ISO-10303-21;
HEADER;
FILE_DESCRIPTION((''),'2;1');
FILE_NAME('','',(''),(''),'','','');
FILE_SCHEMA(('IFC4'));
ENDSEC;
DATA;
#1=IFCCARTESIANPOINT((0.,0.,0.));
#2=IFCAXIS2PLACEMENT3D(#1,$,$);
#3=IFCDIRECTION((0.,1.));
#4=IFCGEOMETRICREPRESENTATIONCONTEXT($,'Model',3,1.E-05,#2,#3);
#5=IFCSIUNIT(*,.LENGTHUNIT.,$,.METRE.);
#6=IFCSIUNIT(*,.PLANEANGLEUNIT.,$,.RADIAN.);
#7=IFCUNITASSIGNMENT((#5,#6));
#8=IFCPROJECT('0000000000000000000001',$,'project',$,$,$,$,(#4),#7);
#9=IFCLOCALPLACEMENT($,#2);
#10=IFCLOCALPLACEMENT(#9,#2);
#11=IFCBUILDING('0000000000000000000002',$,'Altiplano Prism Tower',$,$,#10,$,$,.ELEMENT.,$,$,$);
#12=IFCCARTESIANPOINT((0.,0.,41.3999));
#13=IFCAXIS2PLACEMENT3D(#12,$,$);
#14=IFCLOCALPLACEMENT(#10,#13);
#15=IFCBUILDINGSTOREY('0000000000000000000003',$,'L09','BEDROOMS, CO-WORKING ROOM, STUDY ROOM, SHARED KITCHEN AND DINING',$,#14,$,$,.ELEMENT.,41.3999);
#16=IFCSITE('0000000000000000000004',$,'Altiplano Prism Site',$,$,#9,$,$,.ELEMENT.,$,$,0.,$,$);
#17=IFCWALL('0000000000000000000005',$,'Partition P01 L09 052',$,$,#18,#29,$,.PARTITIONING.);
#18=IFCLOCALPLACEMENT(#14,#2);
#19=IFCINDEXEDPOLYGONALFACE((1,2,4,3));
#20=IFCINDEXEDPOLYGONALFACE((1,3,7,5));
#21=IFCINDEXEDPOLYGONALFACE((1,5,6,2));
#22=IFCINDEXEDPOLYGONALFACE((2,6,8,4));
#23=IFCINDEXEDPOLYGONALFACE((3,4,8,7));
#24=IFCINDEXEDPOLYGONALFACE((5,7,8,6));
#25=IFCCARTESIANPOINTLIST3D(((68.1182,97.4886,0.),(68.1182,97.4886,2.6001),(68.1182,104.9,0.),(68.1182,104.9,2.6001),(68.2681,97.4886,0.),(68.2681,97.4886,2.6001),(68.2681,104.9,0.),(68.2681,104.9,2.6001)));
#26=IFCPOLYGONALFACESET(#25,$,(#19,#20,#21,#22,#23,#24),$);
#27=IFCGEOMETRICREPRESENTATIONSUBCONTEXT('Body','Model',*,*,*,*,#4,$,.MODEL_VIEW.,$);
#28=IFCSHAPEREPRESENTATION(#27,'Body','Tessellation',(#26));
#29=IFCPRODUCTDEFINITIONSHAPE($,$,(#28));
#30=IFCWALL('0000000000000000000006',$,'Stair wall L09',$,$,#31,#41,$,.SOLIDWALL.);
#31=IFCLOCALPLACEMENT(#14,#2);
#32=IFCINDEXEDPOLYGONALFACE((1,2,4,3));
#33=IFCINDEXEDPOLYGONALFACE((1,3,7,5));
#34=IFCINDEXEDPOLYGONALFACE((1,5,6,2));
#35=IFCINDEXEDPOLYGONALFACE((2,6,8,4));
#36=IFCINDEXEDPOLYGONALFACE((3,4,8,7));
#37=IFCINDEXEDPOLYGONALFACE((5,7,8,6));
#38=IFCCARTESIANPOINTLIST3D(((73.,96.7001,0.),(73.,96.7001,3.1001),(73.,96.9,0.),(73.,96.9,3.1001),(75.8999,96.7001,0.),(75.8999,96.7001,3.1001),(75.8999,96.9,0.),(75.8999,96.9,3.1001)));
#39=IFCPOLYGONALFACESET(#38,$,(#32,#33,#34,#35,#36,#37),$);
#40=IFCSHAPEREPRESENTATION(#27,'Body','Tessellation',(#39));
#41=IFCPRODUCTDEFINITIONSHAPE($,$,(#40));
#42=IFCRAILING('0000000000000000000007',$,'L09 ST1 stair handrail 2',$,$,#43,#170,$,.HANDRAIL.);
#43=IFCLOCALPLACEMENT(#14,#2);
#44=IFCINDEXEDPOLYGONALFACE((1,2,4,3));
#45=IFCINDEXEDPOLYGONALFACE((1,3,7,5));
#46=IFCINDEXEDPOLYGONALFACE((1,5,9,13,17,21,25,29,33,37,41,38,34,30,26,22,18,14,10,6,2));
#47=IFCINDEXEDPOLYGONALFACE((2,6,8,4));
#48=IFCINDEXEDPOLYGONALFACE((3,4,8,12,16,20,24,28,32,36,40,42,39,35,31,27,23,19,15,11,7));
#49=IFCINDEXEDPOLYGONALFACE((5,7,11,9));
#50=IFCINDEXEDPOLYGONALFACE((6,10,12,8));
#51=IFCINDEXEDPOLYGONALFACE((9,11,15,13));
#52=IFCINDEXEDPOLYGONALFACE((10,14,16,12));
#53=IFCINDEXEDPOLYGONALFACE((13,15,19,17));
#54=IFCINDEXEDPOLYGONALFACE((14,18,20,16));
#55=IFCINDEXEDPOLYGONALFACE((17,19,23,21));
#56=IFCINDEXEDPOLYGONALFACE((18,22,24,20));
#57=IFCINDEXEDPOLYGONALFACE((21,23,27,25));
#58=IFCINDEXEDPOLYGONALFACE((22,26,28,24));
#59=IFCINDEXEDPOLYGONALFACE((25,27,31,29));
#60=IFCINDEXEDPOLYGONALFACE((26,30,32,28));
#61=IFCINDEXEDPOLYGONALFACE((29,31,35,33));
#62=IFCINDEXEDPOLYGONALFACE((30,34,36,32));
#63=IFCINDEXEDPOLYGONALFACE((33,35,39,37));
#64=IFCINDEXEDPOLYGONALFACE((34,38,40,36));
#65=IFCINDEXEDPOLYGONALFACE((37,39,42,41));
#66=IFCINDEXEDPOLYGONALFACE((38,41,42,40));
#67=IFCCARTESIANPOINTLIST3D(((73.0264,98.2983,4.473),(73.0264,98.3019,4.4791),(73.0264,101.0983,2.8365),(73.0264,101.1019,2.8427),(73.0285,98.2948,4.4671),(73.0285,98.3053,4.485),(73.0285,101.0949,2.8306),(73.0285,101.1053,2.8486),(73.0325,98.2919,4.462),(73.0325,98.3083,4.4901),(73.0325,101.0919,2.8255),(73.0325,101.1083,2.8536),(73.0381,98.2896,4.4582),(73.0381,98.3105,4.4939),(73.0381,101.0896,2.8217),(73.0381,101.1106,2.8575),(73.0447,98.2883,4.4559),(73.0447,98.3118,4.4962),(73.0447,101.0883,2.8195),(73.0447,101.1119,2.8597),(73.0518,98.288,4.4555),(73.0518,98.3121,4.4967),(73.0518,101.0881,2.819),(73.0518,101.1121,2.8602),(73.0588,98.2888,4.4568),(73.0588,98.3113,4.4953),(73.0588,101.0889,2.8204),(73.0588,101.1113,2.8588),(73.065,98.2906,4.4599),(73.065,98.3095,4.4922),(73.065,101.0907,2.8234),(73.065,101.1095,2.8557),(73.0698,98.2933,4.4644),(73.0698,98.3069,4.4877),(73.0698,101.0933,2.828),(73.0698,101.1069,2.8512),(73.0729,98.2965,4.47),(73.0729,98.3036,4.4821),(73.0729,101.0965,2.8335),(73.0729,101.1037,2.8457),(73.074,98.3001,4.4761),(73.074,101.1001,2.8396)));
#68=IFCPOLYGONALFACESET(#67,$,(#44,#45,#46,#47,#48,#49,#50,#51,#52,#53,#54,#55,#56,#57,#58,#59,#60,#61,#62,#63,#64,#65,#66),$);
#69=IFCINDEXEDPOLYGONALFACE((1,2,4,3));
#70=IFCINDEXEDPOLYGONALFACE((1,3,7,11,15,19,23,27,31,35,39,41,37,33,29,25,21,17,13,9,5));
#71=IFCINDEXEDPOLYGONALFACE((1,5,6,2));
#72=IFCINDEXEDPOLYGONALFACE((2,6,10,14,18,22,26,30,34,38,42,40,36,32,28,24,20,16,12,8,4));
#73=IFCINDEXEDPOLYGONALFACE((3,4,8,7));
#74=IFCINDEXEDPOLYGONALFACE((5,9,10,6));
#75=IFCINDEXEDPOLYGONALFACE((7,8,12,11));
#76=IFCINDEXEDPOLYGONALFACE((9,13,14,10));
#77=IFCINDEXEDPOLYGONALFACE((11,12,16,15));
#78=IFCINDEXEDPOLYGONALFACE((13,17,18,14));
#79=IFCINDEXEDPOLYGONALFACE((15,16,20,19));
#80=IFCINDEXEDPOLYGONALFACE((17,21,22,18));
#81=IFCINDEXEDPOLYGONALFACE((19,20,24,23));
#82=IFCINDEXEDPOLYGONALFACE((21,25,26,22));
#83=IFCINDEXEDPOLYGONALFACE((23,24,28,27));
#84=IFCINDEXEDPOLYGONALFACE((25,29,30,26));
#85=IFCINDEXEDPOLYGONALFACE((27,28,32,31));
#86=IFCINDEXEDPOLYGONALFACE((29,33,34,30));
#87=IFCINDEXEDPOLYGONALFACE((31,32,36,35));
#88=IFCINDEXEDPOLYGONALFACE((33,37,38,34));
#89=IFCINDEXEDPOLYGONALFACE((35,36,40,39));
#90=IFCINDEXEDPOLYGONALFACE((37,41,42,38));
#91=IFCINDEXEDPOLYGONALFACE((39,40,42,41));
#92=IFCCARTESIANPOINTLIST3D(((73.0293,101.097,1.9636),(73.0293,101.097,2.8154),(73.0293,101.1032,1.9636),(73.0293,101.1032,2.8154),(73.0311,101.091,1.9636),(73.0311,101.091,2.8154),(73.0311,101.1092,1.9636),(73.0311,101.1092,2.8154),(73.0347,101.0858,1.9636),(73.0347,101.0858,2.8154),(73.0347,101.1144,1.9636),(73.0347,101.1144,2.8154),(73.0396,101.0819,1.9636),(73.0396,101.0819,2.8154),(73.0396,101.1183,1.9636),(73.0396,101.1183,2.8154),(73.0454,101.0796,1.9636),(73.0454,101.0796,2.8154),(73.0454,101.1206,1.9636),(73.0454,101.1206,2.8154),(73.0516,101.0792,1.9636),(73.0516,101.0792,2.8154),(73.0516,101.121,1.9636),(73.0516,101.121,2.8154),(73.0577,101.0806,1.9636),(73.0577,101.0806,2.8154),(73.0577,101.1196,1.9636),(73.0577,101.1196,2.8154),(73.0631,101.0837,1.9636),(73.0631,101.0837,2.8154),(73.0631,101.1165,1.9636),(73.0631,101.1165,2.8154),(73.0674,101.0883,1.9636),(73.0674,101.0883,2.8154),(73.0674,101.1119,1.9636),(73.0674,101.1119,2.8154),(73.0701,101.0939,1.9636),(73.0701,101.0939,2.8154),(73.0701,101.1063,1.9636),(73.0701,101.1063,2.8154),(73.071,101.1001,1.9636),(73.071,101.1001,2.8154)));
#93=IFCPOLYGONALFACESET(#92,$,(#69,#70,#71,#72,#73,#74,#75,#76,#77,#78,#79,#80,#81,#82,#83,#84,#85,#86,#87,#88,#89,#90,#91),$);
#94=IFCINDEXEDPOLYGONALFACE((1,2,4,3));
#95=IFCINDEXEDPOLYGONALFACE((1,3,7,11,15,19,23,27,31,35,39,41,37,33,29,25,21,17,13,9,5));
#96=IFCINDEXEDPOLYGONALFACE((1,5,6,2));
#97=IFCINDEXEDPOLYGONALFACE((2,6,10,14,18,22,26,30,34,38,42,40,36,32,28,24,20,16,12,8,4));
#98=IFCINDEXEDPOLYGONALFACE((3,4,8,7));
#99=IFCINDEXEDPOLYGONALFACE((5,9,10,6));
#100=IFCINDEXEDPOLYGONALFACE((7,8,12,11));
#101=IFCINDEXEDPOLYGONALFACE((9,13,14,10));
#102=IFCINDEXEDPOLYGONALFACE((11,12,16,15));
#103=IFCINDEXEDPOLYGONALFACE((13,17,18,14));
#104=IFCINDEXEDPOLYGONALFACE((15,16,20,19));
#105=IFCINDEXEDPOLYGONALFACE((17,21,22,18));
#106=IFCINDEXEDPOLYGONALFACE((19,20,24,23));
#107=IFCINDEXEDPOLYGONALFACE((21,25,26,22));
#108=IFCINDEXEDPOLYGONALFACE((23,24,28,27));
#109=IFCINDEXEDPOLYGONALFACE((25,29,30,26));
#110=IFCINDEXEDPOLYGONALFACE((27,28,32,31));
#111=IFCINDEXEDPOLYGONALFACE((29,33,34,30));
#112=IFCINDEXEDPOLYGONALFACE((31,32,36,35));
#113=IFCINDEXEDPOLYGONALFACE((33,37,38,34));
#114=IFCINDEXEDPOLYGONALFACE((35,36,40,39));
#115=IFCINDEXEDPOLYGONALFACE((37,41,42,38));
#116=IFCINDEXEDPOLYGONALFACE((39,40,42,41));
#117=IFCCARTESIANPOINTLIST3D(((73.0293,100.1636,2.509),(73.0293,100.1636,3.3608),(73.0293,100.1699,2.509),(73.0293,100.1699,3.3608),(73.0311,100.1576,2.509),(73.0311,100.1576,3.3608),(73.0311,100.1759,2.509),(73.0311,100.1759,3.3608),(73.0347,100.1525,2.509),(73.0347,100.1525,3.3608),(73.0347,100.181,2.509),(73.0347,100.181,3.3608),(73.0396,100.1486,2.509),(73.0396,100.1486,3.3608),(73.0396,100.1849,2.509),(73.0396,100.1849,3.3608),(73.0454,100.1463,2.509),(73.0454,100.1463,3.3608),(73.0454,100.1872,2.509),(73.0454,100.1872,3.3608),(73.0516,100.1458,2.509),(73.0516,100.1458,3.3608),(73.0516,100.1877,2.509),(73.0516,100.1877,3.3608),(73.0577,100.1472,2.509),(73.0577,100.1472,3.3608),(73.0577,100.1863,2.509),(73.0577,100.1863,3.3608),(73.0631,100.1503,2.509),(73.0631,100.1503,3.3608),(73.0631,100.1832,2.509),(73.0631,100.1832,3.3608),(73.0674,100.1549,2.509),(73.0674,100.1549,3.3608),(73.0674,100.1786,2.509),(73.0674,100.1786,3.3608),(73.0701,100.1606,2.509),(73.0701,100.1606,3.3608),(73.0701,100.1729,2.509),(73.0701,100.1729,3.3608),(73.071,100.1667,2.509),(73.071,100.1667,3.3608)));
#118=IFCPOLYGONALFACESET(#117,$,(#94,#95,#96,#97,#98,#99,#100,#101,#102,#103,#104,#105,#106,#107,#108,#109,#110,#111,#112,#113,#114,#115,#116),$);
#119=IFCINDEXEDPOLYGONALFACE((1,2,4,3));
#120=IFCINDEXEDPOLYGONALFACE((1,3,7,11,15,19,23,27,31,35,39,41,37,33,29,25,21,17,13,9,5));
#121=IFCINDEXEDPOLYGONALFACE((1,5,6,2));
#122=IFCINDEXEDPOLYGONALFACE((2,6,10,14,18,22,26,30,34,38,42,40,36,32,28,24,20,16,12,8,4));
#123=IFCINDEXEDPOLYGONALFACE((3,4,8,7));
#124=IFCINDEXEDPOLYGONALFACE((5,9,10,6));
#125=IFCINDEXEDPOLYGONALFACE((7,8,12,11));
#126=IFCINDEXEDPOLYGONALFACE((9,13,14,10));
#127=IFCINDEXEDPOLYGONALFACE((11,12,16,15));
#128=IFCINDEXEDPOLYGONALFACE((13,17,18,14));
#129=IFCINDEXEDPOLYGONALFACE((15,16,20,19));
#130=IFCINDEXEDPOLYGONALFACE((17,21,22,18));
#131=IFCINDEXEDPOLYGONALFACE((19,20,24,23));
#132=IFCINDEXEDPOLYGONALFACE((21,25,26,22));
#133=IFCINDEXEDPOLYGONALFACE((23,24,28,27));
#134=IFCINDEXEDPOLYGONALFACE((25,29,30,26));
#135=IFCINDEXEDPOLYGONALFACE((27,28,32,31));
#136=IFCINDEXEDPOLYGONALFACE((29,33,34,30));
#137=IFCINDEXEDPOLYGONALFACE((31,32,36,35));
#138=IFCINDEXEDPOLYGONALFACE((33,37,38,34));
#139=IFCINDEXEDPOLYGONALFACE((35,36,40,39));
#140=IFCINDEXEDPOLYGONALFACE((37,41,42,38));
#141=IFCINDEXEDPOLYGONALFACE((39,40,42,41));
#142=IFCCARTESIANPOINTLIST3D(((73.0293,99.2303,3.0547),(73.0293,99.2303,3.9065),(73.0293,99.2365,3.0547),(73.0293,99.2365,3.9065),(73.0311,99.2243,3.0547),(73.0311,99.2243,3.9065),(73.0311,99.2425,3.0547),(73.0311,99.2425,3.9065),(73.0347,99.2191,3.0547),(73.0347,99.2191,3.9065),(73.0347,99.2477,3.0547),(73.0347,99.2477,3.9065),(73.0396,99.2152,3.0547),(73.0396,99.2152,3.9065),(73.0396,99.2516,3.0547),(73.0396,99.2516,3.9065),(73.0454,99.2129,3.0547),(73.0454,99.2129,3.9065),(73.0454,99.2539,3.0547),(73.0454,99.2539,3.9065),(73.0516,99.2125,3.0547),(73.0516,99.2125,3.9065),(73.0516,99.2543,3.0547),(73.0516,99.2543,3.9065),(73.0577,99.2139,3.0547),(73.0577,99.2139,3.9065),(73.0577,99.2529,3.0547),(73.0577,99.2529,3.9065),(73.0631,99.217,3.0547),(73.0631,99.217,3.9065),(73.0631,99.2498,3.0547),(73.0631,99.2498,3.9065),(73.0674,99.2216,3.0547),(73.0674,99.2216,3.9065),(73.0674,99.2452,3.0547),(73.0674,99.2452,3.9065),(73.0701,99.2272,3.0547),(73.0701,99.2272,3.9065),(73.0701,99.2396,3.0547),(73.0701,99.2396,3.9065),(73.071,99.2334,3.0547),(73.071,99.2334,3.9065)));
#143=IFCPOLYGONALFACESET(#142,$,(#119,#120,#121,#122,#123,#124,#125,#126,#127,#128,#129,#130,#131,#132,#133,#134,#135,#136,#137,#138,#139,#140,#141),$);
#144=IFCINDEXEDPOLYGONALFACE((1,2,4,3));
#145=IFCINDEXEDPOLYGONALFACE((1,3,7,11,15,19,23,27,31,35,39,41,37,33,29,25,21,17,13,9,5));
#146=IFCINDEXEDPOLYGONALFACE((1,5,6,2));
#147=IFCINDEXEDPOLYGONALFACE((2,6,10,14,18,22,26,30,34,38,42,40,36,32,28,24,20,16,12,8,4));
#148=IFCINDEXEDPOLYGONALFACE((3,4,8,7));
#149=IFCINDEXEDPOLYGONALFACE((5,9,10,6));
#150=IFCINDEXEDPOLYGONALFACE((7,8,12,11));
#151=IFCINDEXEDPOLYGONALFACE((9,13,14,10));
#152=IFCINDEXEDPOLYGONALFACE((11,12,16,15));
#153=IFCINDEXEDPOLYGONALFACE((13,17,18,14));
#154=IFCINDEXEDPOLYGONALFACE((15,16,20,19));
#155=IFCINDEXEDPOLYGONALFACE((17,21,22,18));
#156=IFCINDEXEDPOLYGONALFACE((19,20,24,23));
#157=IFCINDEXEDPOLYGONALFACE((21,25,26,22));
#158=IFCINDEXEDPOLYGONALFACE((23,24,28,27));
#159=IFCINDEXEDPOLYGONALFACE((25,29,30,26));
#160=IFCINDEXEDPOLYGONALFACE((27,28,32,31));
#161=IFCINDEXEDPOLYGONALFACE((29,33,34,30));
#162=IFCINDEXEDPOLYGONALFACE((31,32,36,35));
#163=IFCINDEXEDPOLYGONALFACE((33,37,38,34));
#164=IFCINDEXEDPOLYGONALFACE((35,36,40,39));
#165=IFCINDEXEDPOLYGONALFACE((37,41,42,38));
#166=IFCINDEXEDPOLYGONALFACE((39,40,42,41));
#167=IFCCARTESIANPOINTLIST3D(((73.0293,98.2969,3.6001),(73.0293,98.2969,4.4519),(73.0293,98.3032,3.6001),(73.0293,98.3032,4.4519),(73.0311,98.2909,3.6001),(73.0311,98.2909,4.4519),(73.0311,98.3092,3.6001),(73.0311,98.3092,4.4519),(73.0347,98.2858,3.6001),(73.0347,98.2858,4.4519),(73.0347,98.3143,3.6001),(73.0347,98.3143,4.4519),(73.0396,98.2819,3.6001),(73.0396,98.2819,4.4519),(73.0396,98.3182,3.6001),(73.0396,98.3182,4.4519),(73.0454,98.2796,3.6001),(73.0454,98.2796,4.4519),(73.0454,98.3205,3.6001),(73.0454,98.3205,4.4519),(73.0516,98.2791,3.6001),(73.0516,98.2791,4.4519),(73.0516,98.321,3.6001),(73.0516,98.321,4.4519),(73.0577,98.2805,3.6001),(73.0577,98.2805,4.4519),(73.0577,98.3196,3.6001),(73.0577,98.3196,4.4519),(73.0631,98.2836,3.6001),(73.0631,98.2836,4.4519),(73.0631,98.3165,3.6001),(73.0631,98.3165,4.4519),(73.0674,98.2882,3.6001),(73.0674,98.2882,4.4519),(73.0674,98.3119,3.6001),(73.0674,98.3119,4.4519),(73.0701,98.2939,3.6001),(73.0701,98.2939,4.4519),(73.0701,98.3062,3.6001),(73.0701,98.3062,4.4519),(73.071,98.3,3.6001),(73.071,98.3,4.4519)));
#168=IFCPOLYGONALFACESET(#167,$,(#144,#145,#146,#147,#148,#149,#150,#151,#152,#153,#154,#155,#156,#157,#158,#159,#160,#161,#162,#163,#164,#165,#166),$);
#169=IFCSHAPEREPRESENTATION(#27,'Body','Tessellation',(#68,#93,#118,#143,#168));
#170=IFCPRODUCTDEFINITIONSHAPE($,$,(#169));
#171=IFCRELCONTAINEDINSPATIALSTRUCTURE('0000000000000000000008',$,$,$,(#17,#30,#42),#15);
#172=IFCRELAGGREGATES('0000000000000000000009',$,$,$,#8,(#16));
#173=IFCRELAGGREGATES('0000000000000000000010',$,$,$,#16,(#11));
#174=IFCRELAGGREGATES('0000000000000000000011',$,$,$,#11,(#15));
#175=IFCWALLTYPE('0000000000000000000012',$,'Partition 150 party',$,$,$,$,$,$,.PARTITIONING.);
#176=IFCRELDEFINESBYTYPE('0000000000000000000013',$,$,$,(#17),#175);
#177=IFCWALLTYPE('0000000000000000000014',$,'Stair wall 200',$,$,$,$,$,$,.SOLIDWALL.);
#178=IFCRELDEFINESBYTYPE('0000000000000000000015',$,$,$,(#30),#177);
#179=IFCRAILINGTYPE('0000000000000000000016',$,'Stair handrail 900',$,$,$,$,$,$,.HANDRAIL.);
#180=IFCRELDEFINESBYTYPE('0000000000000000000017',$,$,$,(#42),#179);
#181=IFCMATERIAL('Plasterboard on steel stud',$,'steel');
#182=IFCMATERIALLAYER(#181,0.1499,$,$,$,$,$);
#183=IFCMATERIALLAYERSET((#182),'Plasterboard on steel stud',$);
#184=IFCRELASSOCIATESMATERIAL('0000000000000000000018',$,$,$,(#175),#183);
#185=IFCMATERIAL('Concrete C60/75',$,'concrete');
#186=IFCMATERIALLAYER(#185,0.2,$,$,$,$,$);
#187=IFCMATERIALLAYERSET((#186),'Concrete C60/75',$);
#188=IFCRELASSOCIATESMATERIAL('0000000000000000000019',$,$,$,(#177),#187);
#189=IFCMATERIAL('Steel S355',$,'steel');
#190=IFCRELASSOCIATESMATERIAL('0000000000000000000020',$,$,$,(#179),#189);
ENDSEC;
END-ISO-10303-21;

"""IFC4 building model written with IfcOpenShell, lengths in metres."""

from ifc_helpers import new_model, si_unit, direction, frame, frame_2d, origin, origin_2d, place, context, subcontext, project, spatial, rectangle, circle, extrude, material, layer, layer_set, type_object, element, save


model = new_model("IFC4")

# Units and contexts
model_context = context("Model", 3, precision=1e-05, world=origin(), true_north=direction((0.0, 1.0)))
body_context = subcontext(model_context, "Body", "Model", "MODEL_VIEW")
ifc_project = project(units=[si_unit("LENGTHUNIT", "METRE"), si_unit("PLANEANGLEUNIT", "RADIAN")], contexts=[model_context])

# Site, building, storey
site_placement = place(None, origin())
site = spatial("IfcSite", under=ifc_project, at=site_placement, Name="Altiplano Prism Site", CompositionType="ELEMENT", RefElevation=0.0)
building_placement = place(site_placement, origin())
building = spatial("IfcBuilding", under=site, at=building_placement, Name="Altiplano Prism Tower", CompositionType="ELEMENT")
storey_placement = place(building_placement, frame((0.0, 0.0, 41.3999)))
storey = spatial("IfcBuildingStorey", under=building, at=storey_placement, Name="L09", Description="BEDROOMS, CO-WORKING ROOM, STUDY ROOM, SHARED KITCHEN AND DINING", CompositionType="ELEMENT", Elevation=41.3999)

# Shared definitions
ifc_material_1 = material(Name="Concrete C60/75", Category="concrete")

# Shared definitions
ifc_material_2 = material(Name="Plasterboard on steel stud", Category="steel")

# Walls
ifc_layer_1 = layer(ifc_material_2, 0.1499)
ifc_layer_set_1 = layer_set([ifc_layer_1], Name="Plasterboard on steel stud")
wall_type_1 = type_object("IfcWallType", Name="Partition 150 party", PredefinedType="PARTITIONING", material=ifc_layer_set_1)
wall_1_placement = place(storey_placement, frame((68.1931, 104.8999, 0.0), z_axis=(0.0, 0.0, 1.0), x_axis=(0.0, -1.0, 0.0)))
element("IfcWall", 1, at=wall_1_placement, inside=storey, type_object=wall_type_1, Name="Partition P01 L09 052", PredefinedType="PARTITIONING", context=body_context, shape_type="SweptSolid", body=[
    extrude(rectangle(XDim=7.4114, YDim=0.1499, at=frame_2d((3.7056, 0.0))), origin(), (0.0, 0.0, 1.0), 2.6001),
])
ifc_layer_2 = layer(ifc_material_1, 0.2)
ifc_layer_set_2 = layer_set([ifc_layer_2], Name="Concrete C60/75")
wall_type_2 = type_object("IfcWallType", Name="Stair wall 200", PredefinedType="SOLIDWALL", material=ifc_layer_set_2)
wall_2_placement = place(storey_placement, frame((73.0, 96.8, 0.0), z_axis=(0.0, 0.0, 1.0), x_axis=(1.0, 0.0, 0.0)))
element("IfcWall", 2, at=wall_2_placement, inside=storey, type_object=wall_type_2, Name="Stair wall L09", PredefinedType="SOLIDWALL", context=body_context, shape_type="SweptSolid", body=[
    extrude(rectangle(XDim=2.8999, YDim=0.2, at=frame_2d((1.45, 0.0))), origin(), (0.0, 0.0, 1.0), 3.1001),
])

# Railing
ifc_material_3 = material(Name="Steel S355", Category="steel")
railing_type = type_object("IfcRailingType", Name="Stair handrail 900", PredefinedType="HANDRAIL", material=ifc_material_3)
railing_placement = place(storey_placement, frame((73.05, 101.1001, 1.9636)))
element("IfcRailing", 3, at=railing_placement, inside=storey, type_object=railing_type, Name="L09 ST1 stair handrail 2", PredefinedType="HANDRAIL", context=body_context, shape_type="SweptSolid", body=[
    extrude(circle(Radius=0.0239, at=origin_2d()), frame((0.0, 0.0, 0.876), z_axis=(0.0, -0.863361, 0.504587), x_axis=(1.0, 0.0, 0.0)), (0.0, 0.0, 1.0), 3.2432),
    extrude(circle(Radius=0.021, at=origin_2d()), origin(), (0.0, 0.0, 1.0), 0.8518),
    extrude(circle(Radius=0.021, at=origin_2d()), frame((0.0, -0.9333, 0.5454)), (0.0, 0.0, 1.0), 0.8518),
    extrude(circle(Radius=0.021, at=origin_2d()), frame((0.0, -1.8667, 1.0911)), (0.0, 0.0, 1.0), 0.8518),
    extrude(circle(Radius=0.021, at=origin_2d()), frame((0.0, -2.8, 1.6365)), (0.0, 0.0, 1.0), 0.8518),
])

save(model, "model.ifc")
